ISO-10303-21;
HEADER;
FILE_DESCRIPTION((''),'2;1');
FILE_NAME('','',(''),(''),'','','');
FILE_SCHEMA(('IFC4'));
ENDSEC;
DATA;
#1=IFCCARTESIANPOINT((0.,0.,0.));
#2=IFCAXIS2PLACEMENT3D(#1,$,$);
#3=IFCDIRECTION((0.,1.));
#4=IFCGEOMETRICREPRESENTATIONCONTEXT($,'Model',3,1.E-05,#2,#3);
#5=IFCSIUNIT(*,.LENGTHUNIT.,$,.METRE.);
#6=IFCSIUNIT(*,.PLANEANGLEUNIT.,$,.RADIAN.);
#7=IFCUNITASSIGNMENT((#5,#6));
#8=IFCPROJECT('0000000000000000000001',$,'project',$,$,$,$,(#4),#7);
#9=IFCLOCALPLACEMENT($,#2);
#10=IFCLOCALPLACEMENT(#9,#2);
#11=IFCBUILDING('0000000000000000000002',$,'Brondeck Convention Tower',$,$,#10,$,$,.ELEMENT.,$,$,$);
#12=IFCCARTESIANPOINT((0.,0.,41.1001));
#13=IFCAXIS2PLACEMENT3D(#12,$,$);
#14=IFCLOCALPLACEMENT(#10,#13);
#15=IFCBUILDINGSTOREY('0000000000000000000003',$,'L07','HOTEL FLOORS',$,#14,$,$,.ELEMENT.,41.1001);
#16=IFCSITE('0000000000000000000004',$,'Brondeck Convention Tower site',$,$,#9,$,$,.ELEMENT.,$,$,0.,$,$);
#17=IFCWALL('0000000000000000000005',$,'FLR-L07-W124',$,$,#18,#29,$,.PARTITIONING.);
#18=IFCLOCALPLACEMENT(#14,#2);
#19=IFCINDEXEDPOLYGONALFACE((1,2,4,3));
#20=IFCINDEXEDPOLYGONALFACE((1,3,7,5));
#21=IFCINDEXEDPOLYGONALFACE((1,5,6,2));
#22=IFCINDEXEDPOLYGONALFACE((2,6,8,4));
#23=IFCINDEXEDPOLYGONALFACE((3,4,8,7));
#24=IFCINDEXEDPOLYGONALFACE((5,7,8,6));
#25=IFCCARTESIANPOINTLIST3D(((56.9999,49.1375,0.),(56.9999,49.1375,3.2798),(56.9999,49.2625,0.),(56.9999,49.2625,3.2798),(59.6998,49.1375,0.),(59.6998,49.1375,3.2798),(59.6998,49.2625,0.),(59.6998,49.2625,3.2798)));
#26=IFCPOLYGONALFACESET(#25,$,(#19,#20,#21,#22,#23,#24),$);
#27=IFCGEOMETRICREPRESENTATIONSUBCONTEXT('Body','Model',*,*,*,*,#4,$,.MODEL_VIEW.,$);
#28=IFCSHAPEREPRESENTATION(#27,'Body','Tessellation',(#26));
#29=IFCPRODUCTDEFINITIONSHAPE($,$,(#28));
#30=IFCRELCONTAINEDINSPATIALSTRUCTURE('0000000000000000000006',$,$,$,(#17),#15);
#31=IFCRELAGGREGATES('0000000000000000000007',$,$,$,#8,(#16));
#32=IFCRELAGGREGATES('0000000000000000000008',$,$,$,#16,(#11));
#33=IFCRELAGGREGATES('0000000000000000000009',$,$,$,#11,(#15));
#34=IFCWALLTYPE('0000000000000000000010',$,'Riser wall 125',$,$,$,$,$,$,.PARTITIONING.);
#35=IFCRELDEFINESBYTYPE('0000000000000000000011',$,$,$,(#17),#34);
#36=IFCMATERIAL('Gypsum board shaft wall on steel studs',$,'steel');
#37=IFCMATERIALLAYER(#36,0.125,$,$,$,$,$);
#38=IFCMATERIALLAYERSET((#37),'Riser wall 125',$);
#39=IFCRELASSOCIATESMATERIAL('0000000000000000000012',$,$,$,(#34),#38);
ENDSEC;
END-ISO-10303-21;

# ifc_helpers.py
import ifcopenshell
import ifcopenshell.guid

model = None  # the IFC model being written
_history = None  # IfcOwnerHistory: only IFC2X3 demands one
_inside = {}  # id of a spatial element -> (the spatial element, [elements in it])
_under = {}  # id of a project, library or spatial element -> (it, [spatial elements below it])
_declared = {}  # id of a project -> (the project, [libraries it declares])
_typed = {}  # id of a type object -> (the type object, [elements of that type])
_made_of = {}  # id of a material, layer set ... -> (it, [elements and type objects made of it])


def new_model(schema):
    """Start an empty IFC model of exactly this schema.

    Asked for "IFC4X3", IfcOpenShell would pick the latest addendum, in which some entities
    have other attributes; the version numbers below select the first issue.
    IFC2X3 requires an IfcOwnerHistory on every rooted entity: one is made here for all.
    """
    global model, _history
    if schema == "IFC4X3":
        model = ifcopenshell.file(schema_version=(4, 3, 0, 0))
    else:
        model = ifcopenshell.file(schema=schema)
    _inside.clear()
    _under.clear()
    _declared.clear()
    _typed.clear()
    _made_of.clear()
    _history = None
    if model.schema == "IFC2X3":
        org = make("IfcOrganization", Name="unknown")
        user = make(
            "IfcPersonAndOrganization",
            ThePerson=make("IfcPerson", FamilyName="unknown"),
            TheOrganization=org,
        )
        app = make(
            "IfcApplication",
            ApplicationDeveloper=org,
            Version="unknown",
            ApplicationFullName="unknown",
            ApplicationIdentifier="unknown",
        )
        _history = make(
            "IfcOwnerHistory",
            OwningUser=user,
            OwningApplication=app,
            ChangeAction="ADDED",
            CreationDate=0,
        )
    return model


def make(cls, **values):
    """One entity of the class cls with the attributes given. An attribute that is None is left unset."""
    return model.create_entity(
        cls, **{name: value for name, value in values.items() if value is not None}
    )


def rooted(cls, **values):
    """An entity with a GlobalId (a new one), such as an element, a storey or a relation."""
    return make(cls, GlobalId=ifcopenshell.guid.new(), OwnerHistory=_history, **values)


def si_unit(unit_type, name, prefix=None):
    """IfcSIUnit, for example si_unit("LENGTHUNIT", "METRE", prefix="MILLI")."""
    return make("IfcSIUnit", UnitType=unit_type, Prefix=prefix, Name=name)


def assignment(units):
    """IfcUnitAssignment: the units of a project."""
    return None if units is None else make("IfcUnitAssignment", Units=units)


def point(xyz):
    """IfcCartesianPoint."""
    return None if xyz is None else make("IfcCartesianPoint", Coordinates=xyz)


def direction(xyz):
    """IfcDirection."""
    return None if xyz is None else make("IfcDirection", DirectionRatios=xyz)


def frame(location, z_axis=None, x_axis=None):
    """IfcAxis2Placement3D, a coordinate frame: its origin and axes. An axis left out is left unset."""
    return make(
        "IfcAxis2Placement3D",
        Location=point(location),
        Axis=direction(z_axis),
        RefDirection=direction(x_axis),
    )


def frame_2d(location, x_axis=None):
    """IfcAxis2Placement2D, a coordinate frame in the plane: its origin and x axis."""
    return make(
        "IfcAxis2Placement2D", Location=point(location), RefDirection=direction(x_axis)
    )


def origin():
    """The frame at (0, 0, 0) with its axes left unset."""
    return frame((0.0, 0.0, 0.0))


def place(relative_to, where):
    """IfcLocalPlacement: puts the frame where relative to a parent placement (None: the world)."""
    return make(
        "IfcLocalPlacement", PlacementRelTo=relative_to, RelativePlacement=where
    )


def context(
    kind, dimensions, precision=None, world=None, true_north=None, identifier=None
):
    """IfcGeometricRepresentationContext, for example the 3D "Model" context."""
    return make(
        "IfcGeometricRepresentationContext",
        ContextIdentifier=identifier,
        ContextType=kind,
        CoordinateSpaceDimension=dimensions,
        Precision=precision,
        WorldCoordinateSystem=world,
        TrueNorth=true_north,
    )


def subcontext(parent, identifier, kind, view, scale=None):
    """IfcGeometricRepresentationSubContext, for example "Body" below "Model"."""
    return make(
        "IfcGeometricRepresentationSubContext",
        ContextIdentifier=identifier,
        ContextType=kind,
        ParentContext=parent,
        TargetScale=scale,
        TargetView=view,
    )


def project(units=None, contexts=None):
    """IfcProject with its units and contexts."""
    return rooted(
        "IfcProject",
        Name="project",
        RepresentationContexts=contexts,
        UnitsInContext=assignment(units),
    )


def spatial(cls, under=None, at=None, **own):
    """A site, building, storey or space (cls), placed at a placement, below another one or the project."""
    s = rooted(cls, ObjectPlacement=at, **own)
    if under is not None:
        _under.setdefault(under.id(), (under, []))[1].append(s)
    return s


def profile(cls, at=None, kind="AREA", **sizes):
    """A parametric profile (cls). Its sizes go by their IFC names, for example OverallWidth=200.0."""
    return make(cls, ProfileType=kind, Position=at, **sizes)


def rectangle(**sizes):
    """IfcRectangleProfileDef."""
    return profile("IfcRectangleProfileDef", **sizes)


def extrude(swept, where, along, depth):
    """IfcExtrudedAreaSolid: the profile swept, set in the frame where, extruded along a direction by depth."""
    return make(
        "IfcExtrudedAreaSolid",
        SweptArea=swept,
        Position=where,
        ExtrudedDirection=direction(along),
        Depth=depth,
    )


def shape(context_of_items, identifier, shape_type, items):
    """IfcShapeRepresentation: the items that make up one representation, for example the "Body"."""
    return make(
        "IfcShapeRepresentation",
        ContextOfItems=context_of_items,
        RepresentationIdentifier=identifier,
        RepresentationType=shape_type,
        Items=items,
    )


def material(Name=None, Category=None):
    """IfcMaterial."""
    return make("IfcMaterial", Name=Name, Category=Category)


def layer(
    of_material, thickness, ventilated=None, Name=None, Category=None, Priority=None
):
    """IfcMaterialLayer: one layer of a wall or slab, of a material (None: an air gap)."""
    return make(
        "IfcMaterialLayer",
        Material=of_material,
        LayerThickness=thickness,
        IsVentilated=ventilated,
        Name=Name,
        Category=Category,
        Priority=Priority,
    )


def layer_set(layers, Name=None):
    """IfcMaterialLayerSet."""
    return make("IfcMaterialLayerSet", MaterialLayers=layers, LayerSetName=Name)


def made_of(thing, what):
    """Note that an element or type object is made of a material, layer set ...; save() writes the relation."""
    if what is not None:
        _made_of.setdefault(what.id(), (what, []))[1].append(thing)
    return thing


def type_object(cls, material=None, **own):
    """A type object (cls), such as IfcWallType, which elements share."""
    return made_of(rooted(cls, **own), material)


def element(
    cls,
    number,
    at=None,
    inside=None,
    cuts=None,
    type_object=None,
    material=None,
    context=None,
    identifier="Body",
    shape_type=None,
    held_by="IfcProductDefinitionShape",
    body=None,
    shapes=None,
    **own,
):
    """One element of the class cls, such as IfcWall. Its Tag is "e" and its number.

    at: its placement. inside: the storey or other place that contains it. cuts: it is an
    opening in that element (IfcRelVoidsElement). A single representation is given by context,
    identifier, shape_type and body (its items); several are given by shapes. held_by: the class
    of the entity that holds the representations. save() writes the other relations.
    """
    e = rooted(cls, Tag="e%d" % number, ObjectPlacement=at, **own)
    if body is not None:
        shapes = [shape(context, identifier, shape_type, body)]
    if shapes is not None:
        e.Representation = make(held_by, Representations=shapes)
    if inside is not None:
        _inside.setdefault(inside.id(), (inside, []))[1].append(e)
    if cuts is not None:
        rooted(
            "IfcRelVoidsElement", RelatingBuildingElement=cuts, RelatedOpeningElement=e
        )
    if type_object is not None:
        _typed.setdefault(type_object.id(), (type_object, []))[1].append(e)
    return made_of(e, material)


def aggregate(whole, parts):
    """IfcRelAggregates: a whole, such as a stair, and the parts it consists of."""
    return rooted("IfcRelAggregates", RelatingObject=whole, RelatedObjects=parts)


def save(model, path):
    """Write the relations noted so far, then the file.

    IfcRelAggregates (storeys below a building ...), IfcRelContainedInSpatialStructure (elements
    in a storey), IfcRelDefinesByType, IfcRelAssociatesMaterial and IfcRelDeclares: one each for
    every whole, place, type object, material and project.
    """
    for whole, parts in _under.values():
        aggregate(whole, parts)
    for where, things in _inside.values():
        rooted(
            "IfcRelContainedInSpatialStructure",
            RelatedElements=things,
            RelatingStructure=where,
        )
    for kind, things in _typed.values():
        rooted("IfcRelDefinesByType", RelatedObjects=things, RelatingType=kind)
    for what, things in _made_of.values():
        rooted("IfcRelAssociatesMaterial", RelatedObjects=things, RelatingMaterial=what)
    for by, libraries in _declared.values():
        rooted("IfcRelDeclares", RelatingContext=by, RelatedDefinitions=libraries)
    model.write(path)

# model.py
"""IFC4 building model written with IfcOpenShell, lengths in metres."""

from ifc_helpers import new_model, si_unit, direction, frame, frame_2d, origin, place, context, subcontext, project, spatial, rectangle, extrude, material, layer, layer_set, type_object, element, save


model = new_model("IFC4")

# Units and contexts
model_context = context("Model", 3, precision=1e-05, world=origin(), true_north=direction((0.0, 1.0)))
body_context = subcontext(model_context, "Body", "Model", "MODEL_VIEW")
ifc_project = project(units=[si_unit("LENGTHUNIT", "METRE"), si_unit("PLANEANGLEUNIT", "RADIAN")], contexts=[model_context])

# Site, building, storey
site_placement = place(None, origin())
site = spatial("IfcSite", under=ifc_project, at=site_placement, Name="Brondeck Convention Tower site", CompositionType="ELEMENT", RefElevation=0.0)
building_placement = place(site_placement, origin())
building = spatial("IfcBuilding", under=site, at=building_placement, Name="Brondeck Convention Tower", CompositionType="ELEMENT")
storey_placement = place(building_placement, frame((0.0, 0.0, 41.1001)))
storey = spatial("IfcBuildingStorey", under=building, at=storey_placement, Name="L07", Description="HOTEL FLOORS", CompositionType="ELEMENT", Elevation=41.1001)

# Shared definitions
ifc_material_1 = material(Name="Gypsum board shaft wall on steel studs", Category="steel")
ifc_layer_1 = layer(ifc_material_1, 0.125)
ifc_layer_set_1 = layer_set([ifc_layer_1], Name="Riser wall 125")
wall_type_1 = type_object("IfcWallType", Name="Riser wall 125", PredefinedType="PARTITIONING", material=ifc_layer_set_1)

# Wall
wall_1_placement = place(storey_placement, frame((59.7, 49.2, 0.0), z_axis=(0.0, 0.0, 1.0), x_axis=(-1.0, 0.0, 0.0)))
element("IfcWall", 1, at=wall_1_placement, inside=storey, type_object=wall_type_1, Name="FLR-L07-W124", PredefinedType="PARTITIONING", context=body_context, shape_type="SweptSolid", body=[
    extrude(rectangle(XDim=2.7, YDim=0.125, at=frame_2d((1.3501, 0.0))), origin(), (0.0, 0.0, 1.0), 3.2798),
])

save(model, "model.ifc")
